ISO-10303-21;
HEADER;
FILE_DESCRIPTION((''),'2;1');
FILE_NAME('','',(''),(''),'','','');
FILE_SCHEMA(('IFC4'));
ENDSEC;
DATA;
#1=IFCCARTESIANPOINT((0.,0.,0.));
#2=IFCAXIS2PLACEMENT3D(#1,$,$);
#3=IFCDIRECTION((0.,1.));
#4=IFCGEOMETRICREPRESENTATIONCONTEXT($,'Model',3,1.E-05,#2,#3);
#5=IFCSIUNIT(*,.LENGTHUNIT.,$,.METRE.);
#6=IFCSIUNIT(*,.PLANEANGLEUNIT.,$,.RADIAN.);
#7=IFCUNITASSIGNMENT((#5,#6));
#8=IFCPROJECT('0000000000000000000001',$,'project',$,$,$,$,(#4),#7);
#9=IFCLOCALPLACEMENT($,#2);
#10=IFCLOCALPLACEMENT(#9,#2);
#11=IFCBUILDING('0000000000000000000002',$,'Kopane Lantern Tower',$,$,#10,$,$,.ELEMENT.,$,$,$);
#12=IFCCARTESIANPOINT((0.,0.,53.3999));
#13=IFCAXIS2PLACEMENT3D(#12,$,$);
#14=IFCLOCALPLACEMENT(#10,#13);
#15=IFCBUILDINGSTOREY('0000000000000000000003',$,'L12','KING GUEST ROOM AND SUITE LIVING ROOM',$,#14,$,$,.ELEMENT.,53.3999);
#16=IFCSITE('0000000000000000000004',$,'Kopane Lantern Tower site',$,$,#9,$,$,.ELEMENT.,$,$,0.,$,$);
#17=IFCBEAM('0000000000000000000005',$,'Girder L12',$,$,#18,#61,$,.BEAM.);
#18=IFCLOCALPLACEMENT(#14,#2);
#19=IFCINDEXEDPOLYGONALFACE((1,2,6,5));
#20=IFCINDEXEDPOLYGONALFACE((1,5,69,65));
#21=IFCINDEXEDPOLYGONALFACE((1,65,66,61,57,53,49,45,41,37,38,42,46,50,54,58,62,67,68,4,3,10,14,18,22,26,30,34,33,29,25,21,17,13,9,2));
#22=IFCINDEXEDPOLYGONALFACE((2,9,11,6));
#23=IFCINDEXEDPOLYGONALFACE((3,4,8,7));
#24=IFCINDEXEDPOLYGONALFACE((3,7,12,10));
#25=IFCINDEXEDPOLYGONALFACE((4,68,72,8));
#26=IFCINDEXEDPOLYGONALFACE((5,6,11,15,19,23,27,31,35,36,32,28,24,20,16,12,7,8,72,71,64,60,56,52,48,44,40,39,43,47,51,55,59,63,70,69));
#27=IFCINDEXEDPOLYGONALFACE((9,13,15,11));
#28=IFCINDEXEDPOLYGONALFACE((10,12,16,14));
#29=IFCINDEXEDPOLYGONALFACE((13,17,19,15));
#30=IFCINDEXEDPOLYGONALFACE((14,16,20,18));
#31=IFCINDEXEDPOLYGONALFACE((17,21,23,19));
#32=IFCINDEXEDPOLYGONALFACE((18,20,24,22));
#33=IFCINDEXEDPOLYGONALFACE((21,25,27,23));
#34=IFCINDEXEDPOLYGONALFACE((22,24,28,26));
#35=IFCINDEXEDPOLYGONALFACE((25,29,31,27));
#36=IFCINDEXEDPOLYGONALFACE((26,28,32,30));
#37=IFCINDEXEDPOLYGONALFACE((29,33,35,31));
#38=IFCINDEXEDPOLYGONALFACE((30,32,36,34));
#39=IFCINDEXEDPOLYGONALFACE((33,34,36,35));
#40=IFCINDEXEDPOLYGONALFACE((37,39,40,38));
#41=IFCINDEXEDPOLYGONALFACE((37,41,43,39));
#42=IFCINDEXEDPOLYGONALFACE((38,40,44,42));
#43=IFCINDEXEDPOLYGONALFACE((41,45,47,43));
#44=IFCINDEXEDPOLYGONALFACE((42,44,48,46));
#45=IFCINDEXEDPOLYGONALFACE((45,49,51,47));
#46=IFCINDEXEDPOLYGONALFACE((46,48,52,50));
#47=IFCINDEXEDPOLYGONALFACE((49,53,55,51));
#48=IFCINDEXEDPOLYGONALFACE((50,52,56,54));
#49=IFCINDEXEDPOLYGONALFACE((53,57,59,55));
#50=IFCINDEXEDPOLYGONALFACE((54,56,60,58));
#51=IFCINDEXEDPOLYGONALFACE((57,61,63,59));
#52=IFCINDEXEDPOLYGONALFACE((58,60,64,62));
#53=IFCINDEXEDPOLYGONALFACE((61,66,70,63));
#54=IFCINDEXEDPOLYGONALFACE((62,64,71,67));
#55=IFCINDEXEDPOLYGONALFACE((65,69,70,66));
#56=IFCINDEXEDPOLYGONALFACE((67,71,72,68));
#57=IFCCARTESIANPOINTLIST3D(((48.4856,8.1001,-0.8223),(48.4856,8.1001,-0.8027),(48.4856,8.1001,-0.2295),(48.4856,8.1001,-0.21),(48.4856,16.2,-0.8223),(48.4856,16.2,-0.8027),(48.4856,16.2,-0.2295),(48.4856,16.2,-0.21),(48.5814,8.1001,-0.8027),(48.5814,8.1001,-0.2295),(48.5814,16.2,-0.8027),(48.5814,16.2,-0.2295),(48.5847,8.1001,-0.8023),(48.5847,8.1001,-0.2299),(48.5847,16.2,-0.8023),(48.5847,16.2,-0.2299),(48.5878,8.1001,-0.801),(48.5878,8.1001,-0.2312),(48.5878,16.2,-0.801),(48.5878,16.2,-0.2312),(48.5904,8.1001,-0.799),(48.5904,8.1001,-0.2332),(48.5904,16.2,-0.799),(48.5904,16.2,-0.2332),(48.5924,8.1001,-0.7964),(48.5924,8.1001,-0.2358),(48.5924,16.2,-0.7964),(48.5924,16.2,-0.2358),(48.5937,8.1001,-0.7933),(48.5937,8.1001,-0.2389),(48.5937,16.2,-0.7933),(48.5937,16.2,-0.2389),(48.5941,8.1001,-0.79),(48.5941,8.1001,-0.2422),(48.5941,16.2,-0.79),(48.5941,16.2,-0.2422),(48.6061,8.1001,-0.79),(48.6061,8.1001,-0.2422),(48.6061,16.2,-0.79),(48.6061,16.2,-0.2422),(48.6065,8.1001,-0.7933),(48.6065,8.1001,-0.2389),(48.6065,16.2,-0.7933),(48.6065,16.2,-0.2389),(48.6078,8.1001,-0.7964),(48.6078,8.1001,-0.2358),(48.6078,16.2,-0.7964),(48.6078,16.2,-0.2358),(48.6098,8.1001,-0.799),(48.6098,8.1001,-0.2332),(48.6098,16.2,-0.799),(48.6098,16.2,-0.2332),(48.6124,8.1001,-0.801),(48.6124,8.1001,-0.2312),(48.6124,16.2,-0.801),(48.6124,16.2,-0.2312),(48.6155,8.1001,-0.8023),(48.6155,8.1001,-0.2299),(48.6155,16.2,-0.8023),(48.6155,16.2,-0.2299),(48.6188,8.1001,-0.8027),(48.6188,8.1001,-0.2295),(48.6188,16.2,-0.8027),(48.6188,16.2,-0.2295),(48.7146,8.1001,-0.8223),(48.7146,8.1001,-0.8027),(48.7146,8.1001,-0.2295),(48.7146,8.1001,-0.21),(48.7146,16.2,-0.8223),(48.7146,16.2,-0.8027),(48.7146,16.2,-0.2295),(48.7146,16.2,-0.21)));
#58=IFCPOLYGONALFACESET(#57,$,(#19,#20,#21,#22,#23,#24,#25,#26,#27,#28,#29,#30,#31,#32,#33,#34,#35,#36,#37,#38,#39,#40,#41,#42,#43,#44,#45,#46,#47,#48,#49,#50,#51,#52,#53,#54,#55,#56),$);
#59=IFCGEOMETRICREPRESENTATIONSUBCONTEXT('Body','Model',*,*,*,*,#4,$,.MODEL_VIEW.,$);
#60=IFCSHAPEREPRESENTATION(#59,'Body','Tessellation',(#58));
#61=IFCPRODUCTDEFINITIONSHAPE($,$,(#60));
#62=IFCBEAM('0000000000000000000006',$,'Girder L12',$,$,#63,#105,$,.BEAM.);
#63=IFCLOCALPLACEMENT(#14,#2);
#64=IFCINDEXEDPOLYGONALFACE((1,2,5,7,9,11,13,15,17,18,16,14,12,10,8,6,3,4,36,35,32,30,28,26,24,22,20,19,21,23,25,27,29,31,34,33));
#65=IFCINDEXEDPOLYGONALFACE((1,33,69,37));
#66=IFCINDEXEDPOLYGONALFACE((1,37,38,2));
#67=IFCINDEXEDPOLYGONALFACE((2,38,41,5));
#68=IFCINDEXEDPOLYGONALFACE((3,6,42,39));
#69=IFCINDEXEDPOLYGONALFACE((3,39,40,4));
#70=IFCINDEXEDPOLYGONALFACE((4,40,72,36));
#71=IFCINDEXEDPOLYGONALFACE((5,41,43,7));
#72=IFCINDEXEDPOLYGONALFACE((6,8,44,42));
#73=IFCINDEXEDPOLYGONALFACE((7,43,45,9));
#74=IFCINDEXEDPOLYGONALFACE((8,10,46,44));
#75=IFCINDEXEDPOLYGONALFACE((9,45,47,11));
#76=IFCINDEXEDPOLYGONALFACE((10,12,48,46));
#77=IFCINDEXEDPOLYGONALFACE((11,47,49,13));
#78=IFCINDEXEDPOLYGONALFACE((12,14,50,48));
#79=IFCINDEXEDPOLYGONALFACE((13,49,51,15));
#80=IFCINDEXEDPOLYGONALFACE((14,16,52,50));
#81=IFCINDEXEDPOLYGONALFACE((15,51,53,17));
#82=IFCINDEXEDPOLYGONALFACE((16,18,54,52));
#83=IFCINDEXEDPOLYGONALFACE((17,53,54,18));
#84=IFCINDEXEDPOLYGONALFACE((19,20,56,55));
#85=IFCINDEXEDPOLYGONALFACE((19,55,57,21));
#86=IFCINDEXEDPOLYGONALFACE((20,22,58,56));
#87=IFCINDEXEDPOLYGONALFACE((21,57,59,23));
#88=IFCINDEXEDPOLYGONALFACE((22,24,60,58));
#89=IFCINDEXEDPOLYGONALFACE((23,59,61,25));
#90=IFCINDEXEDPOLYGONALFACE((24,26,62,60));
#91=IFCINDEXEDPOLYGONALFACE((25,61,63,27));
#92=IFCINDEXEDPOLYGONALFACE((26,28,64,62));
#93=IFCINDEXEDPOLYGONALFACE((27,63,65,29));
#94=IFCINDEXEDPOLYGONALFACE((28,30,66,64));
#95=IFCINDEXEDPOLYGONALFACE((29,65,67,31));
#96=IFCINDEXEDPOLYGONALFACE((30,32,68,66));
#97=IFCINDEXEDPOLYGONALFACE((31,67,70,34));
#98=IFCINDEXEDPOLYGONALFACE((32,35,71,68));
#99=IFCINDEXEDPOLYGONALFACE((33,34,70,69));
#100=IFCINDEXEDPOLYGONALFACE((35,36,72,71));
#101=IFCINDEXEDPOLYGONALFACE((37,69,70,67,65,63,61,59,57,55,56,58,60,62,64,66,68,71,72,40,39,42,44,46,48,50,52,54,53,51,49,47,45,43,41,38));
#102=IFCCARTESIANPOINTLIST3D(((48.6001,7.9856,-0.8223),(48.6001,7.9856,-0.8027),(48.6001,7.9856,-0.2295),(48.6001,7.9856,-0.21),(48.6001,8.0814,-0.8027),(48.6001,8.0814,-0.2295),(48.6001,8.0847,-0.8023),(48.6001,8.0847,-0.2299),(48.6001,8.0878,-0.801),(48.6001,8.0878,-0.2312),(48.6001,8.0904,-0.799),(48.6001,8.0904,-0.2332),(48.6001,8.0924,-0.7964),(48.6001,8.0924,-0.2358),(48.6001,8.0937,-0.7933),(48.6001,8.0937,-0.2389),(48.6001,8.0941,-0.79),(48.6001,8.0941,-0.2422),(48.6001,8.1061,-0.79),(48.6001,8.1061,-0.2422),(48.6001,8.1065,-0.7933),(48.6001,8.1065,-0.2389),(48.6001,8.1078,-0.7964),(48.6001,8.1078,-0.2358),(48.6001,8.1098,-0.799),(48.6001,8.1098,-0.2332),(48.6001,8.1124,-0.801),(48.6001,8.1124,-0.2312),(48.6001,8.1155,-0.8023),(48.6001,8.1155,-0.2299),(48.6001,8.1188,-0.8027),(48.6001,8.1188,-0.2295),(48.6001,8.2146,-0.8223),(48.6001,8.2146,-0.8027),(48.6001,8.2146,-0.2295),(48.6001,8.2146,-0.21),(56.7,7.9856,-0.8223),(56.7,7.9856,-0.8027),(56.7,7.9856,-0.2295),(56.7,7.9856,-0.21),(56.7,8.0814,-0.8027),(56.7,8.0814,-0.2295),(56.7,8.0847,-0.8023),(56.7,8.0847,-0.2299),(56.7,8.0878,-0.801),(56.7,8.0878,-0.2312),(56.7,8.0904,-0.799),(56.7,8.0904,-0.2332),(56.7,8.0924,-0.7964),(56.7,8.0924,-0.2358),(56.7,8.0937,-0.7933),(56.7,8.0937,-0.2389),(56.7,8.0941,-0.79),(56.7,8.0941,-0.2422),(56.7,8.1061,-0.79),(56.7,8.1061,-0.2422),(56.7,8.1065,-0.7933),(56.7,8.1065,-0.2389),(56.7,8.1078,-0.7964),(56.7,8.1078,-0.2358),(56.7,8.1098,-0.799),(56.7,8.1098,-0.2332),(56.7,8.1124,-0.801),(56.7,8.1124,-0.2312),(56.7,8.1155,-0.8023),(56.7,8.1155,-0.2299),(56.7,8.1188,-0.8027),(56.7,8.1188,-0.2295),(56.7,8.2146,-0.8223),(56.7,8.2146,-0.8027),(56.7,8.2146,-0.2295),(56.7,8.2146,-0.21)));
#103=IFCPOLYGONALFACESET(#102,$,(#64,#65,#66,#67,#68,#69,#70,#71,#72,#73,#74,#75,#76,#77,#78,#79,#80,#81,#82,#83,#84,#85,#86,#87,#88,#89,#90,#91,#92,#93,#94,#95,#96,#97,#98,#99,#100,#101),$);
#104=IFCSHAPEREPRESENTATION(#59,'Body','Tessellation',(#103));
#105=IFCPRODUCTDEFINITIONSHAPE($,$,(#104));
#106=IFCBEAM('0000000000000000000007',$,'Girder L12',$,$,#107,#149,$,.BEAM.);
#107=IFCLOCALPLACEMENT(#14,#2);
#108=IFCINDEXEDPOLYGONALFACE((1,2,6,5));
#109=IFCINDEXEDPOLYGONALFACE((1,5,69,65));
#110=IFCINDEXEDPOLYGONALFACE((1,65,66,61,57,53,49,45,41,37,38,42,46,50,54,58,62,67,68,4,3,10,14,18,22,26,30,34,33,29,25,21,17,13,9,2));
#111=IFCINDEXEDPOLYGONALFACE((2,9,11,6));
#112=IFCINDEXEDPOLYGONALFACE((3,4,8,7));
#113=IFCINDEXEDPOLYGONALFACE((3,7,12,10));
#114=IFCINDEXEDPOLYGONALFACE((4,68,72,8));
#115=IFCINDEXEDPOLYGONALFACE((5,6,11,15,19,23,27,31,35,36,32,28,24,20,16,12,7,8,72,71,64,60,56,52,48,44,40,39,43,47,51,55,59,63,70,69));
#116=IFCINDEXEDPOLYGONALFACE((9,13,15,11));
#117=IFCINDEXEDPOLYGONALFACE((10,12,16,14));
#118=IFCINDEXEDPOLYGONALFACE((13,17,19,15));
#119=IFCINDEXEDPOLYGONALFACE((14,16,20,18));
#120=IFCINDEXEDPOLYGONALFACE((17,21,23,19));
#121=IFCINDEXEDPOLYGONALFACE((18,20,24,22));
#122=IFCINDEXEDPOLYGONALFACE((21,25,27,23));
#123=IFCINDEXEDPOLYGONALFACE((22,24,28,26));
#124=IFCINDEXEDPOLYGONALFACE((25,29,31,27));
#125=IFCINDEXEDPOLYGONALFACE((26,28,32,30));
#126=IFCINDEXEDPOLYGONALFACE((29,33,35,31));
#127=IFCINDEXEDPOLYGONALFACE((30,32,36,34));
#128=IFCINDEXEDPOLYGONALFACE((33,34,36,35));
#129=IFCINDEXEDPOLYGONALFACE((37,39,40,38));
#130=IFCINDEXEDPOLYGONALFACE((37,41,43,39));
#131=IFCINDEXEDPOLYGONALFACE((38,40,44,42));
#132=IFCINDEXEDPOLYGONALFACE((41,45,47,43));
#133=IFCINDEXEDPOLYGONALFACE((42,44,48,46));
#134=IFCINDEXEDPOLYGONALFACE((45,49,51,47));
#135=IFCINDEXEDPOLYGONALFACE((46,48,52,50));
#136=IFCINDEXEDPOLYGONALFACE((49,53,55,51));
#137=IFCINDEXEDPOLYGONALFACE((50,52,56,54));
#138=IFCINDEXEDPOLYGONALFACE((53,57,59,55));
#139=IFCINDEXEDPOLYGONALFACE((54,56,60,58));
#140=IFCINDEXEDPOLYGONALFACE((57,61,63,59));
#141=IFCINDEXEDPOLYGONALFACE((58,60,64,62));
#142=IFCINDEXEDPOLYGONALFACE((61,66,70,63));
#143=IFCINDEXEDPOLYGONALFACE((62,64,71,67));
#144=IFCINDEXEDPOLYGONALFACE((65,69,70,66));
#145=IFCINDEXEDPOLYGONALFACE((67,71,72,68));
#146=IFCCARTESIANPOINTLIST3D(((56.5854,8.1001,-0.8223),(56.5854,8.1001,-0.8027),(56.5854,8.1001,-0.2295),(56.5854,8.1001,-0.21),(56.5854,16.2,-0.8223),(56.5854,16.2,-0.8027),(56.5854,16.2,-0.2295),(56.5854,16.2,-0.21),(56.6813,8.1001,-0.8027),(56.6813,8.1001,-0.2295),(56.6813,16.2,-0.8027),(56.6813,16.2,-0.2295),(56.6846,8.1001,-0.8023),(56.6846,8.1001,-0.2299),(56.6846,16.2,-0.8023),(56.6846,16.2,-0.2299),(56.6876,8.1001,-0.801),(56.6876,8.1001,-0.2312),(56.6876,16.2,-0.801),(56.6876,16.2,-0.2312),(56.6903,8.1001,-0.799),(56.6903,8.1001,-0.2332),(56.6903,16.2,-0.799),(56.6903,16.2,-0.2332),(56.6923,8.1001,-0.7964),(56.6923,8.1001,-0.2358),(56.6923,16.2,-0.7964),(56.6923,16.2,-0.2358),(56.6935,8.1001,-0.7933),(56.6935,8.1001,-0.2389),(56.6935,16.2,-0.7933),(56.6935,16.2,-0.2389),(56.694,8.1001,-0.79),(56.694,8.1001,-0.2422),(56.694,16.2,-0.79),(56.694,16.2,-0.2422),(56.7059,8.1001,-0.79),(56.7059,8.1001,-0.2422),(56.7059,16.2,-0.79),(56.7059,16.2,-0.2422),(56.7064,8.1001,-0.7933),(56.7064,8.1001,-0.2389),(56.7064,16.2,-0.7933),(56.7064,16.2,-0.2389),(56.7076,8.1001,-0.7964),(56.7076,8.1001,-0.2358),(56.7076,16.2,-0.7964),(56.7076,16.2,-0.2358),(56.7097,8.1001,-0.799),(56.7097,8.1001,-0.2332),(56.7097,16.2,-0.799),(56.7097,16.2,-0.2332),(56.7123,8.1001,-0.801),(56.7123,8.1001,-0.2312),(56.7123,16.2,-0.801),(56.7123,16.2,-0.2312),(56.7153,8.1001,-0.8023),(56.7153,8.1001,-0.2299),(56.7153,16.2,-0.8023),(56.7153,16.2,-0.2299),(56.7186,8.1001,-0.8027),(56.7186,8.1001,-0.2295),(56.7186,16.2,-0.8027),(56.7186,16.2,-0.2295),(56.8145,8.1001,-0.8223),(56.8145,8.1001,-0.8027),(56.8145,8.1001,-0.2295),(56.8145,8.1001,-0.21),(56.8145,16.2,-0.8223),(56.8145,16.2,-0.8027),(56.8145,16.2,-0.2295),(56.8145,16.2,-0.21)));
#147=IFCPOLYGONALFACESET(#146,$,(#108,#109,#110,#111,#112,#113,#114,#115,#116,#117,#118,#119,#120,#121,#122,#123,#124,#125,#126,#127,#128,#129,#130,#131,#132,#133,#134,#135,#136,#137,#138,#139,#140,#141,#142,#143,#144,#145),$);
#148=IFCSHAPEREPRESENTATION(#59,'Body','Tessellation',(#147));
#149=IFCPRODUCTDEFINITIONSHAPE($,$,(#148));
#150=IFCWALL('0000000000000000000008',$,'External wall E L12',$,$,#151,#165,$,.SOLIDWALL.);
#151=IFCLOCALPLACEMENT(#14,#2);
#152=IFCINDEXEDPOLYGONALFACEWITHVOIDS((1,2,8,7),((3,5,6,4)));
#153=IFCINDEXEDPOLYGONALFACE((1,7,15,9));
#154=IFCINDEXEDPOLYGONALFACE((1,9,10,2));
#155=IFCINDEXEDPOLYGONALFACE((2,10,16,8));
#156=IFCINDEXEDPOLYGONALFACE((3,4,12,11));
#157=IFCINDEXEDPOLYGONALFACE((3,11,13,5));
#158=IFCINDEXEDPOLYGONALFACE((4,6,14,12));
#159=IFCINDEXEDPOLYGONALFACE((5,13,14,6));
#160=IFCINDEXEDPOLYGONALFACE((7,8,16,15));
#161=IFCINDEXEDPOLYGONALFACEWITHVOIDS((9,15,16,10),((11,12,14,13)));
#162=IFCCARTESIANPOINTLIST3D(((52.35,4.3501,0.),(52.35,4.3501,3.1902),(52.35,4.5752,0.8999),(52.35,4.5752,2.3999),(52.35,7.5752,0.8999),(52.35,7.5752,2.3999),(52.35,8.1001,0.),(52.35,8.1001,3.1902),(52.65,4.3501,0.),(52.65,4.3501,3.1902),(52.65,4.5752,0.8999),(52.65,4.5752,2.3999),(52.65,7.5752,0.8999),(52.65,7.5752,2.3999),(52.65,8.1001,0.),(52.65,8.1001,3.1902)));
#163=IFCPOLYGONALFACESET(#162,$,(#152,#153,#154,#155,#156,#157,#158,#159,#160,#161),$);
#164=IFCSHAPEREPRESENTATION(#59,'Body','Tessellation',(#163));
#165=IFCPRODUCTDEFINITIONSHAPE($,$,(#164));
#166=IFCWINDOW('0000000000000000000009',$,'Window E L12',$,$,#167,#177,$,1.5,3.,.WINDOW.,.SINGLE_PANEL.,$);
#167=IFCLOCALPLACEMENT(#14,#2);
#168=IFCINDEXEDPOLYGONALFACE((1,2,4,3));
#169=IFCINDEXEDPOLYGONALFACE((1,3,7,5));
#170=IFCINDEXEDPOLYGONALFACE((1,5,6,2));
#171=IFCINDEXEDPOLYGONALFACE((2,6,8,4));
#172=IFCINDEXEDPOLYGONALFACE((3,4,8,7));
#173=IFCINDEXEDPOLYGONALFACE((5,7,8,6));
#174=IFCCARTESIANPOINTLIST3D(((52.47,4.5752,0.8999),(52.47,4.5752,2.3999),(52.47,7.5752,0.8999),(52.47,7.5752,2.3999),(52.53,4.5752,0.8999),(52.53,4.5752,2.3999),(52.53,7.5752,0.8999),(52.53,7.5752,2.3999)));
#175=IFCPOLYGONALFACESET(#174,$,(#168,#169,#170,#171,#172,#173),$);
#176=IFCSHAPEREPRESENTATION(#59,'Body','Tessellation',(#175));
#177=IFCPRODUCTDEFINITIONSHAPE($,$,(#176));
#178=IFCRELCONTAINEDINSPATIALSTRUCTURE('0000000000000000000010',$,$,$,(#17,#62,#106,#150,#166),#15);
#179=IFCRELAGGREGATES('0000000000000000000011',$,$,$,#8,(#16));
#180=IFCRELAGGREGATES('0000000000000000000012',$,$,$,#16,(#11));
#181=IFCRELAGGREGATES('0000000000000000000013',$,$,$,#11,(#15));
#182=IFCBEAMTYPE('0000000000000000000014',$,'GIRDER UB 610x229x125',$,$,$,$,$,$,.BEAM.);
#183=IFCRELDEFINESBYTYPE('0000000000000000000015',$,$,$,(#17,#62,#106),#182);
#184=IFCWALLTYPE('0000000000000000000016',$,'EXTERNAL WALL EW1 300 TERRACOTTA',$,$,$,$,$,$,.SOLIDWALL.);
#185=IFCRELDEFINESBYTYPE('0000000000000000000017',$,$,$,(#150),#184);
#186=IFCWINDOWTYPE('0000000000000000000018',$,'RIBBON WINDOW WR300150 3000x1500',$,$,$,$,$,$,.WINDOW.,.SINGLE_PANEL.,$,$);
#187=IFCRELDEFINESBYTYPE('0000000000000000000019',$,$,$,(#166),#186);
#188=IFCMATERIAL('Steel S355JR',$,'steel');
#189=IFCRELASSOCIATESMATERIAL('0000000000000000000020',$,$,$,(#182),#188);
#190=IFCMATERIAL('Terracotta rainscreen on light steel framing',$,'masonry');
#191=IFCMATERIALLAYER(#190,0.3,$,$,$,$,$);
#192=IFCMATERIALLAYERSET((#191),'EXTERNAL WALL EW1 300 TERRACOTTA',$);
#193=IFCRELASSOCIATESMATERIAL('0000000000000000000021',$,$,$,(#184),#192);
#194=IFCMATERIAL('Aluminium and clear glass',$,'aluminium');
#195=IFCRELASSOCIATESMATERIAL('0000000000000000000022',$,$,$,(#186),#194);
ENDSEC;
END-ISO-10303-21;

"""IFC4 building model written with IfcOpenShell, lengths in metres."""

from ifc_helpers import new_model, si_unit, direction, frame, frame_2d, origin, origin_2d, place, context, subcontext, project, spatial, rectangle, i_section, extrude, material, layer, layer_set, material_profile, profile_set, type_object, element, fill, save


model = new_model("IFC4")

# Units and contexts
model_context = context("Model", 3, precision=1e-05, world=origin(), true_north=direction((0.0, 1.0)))
body_context = subcontext(model_context, "Body", "Model", "MODEL_VIEW")
ifc_project = project(units=[si_unit("LENGTHUNIT", "METRE"), si_unit("PLANEANGLEUNIT", "RADIAN")], contexts=[model_context])

# Site, building, storey
site_placement = place(None, origin())
site = spatial("IfcSite", under=ifc_project, at=site_placement, Name="Kopane Lantern Tower site", CompositionType="ELEMENT", RefElevation=0.0)
building_placement = place(site_placement, origin())
building = spatial("IfcBuilding", under=site, at=building_placement, Name="Kopane Lantern Tower", CompositionType="ELEMENT")
storey_placement = place(building_placement, frame((0.0, 0.0, 53.3999)))
storey = spatial("IfcBuildingStorey", under=building, at=storey_placement, Name="L12", Description="KING GUEST ROOM AND SUITE LIVING ROOM", CompositionType="ELEMENT", Elevation=53.3999)

# Beams
ifc_material_1 = material(Name="Steel S355JR", Category="steel")
ifc_material_profile_1 = material_profile(ifc_material_1, i_section(OverallWidth=0.229, OverallDepth=0.6123, WebThickness=0.012, FlangeThickness=0.0195, FilletRadius=0.0127, at=origin_2d()), Name="UB 610x229x125")
ifc_profile_set_1 = profile_set([ifc_material_profile_1], Name="Steel S355JR")
beam_type_1 = type_object("IfcBeamType", Name="GIRDER UB 610x229x125", PredefinedType="BEAM", material=ifc_profile_set_1)
for number, where, z_axis, x_axis, name in (
    (1, (48.6001, 8.1001, -0.5161), (0.0, 1.0, 0.0), (-1.0, 0.0, 0.0), "Girder L12"),
    (2, (48.6001, 8.1001, -0.5161), (1.0, 0.0, 0.0), (0.0, 1.0, 0.0), "Girder L12"),
    (3, (56.7, 8.1001, -0.5161), (0.0, 1.0, 0.0), (-1.0, 0.0, 0.0), "Girder L12"),
):
    element("IfcBeam", number, at=place(storey_placement, frame(where, z_axis=z_axis, x_axis=x_axis)), inside=storey, type_object=beam_type_1, Name=name, PredefinedType="BEAM", context=body_context, shape_type="SweptSolid", body=[
        extrude(i_section(OverallWidth=0.229, OverallDepth=0.6123, WebThickness=0.012, FlangeThickness=0.0195, FilletRadius=0.0127, at=origin_2d()), origin(), (0.0, 0.0, 1.0), 8.0999),
    ])

# Wall, opening, window
ifc_material_2 = material(Name="Terracotta rainscreen on light steel framing", Category="masonry")
ifc_layer = layer(ifc_material_2, 0.3)
ifc_layer_set = layer_set([ifc_layer], Name="EXTERNAL WALL EW1 300 TERRACOTTA")
wall_type = type_object("IfcWallType", Name="EXTERNAL WALL EW1 300 TERRACOTTA", PredefinedType="SOLIDWALL", material=ifc_layer_set)
wall_1_placement = place(storey_placement, frame((52.5, 4.3501, 0.0), z_axis=(0.0, 0.0, 1.0), x_axis=(0.0, 1.0, 0.0)))
wall_1 = element("IfcWall", 4, at=wall_1_placement, inside=storey, type_object=wall_type, Name="External wall E L12", PredefinedType="SOLIDWALL", context=body_context, shape_type="SweptSolid", body=[
    extrude(rectangle(XDim=3.75, YDim=0.3, at=frame_2d((1.875, 0.0))), origin(), (0.0, 0.0, 1.0), 3.1902),
])
opening_1_placement = place(wall_1_placement, frame((0.2251, 0.0, 0.8999)))
opening_1 = element("IfcOpeningElement", 5, at=opening_1_placement, cuts=wall_1, PredefinedType="OPENING", context=body_context, shape_type="SweptSolid", body=[
    extrude(rectangle(XDim=3.0, YDim=1.5, at=frame_2d((1.5, 0.75))), frame((0.0, 0.1599, 0.0), z_axis=(0.0, -1.0, 0.0), x_axis=(1.0, 0.0, 0.0)), (0.0, 0.0, 1.0), 0.3201),
])
ifc_material_3 = material(Name="Aluminium and clear glass", Category="aluminium")
window_type_1 = type_object("IfcWindowType", Name="RIBBON WINDOW WR300150 3000x1500", PartitioningType="SINGLE_PANEL", PredefinedType="WINDOW", material=ifc_material_3)
window_1_placement = place(opening_1_placement, origin())
window_1 = element("IfcWindow", 6, at=window_1_placement, inside=storey, type_object=window_type_1, Name="Window E L12", OverallHeight=1.5, OverallWidth=3.0, PartitioningType="SINGLE_PANEL", PredefinedType="WINDOW", context=body_context, shape_type="SweptSolid", body=[
    extrude(rectangle(XDim=3.0, YDim=1.5, at=frame_2d((1.5, 0.75))), frame((0.0, 0.03, 0.0), z_axis=(0.0, -1.0, 0.0), x_axis=(1.0, 0.0, 0.0)), (0.0, 0.0, 1.0), 0.0601),
])
fill(opening_1, window_1)

save(model, "model.ifc")
